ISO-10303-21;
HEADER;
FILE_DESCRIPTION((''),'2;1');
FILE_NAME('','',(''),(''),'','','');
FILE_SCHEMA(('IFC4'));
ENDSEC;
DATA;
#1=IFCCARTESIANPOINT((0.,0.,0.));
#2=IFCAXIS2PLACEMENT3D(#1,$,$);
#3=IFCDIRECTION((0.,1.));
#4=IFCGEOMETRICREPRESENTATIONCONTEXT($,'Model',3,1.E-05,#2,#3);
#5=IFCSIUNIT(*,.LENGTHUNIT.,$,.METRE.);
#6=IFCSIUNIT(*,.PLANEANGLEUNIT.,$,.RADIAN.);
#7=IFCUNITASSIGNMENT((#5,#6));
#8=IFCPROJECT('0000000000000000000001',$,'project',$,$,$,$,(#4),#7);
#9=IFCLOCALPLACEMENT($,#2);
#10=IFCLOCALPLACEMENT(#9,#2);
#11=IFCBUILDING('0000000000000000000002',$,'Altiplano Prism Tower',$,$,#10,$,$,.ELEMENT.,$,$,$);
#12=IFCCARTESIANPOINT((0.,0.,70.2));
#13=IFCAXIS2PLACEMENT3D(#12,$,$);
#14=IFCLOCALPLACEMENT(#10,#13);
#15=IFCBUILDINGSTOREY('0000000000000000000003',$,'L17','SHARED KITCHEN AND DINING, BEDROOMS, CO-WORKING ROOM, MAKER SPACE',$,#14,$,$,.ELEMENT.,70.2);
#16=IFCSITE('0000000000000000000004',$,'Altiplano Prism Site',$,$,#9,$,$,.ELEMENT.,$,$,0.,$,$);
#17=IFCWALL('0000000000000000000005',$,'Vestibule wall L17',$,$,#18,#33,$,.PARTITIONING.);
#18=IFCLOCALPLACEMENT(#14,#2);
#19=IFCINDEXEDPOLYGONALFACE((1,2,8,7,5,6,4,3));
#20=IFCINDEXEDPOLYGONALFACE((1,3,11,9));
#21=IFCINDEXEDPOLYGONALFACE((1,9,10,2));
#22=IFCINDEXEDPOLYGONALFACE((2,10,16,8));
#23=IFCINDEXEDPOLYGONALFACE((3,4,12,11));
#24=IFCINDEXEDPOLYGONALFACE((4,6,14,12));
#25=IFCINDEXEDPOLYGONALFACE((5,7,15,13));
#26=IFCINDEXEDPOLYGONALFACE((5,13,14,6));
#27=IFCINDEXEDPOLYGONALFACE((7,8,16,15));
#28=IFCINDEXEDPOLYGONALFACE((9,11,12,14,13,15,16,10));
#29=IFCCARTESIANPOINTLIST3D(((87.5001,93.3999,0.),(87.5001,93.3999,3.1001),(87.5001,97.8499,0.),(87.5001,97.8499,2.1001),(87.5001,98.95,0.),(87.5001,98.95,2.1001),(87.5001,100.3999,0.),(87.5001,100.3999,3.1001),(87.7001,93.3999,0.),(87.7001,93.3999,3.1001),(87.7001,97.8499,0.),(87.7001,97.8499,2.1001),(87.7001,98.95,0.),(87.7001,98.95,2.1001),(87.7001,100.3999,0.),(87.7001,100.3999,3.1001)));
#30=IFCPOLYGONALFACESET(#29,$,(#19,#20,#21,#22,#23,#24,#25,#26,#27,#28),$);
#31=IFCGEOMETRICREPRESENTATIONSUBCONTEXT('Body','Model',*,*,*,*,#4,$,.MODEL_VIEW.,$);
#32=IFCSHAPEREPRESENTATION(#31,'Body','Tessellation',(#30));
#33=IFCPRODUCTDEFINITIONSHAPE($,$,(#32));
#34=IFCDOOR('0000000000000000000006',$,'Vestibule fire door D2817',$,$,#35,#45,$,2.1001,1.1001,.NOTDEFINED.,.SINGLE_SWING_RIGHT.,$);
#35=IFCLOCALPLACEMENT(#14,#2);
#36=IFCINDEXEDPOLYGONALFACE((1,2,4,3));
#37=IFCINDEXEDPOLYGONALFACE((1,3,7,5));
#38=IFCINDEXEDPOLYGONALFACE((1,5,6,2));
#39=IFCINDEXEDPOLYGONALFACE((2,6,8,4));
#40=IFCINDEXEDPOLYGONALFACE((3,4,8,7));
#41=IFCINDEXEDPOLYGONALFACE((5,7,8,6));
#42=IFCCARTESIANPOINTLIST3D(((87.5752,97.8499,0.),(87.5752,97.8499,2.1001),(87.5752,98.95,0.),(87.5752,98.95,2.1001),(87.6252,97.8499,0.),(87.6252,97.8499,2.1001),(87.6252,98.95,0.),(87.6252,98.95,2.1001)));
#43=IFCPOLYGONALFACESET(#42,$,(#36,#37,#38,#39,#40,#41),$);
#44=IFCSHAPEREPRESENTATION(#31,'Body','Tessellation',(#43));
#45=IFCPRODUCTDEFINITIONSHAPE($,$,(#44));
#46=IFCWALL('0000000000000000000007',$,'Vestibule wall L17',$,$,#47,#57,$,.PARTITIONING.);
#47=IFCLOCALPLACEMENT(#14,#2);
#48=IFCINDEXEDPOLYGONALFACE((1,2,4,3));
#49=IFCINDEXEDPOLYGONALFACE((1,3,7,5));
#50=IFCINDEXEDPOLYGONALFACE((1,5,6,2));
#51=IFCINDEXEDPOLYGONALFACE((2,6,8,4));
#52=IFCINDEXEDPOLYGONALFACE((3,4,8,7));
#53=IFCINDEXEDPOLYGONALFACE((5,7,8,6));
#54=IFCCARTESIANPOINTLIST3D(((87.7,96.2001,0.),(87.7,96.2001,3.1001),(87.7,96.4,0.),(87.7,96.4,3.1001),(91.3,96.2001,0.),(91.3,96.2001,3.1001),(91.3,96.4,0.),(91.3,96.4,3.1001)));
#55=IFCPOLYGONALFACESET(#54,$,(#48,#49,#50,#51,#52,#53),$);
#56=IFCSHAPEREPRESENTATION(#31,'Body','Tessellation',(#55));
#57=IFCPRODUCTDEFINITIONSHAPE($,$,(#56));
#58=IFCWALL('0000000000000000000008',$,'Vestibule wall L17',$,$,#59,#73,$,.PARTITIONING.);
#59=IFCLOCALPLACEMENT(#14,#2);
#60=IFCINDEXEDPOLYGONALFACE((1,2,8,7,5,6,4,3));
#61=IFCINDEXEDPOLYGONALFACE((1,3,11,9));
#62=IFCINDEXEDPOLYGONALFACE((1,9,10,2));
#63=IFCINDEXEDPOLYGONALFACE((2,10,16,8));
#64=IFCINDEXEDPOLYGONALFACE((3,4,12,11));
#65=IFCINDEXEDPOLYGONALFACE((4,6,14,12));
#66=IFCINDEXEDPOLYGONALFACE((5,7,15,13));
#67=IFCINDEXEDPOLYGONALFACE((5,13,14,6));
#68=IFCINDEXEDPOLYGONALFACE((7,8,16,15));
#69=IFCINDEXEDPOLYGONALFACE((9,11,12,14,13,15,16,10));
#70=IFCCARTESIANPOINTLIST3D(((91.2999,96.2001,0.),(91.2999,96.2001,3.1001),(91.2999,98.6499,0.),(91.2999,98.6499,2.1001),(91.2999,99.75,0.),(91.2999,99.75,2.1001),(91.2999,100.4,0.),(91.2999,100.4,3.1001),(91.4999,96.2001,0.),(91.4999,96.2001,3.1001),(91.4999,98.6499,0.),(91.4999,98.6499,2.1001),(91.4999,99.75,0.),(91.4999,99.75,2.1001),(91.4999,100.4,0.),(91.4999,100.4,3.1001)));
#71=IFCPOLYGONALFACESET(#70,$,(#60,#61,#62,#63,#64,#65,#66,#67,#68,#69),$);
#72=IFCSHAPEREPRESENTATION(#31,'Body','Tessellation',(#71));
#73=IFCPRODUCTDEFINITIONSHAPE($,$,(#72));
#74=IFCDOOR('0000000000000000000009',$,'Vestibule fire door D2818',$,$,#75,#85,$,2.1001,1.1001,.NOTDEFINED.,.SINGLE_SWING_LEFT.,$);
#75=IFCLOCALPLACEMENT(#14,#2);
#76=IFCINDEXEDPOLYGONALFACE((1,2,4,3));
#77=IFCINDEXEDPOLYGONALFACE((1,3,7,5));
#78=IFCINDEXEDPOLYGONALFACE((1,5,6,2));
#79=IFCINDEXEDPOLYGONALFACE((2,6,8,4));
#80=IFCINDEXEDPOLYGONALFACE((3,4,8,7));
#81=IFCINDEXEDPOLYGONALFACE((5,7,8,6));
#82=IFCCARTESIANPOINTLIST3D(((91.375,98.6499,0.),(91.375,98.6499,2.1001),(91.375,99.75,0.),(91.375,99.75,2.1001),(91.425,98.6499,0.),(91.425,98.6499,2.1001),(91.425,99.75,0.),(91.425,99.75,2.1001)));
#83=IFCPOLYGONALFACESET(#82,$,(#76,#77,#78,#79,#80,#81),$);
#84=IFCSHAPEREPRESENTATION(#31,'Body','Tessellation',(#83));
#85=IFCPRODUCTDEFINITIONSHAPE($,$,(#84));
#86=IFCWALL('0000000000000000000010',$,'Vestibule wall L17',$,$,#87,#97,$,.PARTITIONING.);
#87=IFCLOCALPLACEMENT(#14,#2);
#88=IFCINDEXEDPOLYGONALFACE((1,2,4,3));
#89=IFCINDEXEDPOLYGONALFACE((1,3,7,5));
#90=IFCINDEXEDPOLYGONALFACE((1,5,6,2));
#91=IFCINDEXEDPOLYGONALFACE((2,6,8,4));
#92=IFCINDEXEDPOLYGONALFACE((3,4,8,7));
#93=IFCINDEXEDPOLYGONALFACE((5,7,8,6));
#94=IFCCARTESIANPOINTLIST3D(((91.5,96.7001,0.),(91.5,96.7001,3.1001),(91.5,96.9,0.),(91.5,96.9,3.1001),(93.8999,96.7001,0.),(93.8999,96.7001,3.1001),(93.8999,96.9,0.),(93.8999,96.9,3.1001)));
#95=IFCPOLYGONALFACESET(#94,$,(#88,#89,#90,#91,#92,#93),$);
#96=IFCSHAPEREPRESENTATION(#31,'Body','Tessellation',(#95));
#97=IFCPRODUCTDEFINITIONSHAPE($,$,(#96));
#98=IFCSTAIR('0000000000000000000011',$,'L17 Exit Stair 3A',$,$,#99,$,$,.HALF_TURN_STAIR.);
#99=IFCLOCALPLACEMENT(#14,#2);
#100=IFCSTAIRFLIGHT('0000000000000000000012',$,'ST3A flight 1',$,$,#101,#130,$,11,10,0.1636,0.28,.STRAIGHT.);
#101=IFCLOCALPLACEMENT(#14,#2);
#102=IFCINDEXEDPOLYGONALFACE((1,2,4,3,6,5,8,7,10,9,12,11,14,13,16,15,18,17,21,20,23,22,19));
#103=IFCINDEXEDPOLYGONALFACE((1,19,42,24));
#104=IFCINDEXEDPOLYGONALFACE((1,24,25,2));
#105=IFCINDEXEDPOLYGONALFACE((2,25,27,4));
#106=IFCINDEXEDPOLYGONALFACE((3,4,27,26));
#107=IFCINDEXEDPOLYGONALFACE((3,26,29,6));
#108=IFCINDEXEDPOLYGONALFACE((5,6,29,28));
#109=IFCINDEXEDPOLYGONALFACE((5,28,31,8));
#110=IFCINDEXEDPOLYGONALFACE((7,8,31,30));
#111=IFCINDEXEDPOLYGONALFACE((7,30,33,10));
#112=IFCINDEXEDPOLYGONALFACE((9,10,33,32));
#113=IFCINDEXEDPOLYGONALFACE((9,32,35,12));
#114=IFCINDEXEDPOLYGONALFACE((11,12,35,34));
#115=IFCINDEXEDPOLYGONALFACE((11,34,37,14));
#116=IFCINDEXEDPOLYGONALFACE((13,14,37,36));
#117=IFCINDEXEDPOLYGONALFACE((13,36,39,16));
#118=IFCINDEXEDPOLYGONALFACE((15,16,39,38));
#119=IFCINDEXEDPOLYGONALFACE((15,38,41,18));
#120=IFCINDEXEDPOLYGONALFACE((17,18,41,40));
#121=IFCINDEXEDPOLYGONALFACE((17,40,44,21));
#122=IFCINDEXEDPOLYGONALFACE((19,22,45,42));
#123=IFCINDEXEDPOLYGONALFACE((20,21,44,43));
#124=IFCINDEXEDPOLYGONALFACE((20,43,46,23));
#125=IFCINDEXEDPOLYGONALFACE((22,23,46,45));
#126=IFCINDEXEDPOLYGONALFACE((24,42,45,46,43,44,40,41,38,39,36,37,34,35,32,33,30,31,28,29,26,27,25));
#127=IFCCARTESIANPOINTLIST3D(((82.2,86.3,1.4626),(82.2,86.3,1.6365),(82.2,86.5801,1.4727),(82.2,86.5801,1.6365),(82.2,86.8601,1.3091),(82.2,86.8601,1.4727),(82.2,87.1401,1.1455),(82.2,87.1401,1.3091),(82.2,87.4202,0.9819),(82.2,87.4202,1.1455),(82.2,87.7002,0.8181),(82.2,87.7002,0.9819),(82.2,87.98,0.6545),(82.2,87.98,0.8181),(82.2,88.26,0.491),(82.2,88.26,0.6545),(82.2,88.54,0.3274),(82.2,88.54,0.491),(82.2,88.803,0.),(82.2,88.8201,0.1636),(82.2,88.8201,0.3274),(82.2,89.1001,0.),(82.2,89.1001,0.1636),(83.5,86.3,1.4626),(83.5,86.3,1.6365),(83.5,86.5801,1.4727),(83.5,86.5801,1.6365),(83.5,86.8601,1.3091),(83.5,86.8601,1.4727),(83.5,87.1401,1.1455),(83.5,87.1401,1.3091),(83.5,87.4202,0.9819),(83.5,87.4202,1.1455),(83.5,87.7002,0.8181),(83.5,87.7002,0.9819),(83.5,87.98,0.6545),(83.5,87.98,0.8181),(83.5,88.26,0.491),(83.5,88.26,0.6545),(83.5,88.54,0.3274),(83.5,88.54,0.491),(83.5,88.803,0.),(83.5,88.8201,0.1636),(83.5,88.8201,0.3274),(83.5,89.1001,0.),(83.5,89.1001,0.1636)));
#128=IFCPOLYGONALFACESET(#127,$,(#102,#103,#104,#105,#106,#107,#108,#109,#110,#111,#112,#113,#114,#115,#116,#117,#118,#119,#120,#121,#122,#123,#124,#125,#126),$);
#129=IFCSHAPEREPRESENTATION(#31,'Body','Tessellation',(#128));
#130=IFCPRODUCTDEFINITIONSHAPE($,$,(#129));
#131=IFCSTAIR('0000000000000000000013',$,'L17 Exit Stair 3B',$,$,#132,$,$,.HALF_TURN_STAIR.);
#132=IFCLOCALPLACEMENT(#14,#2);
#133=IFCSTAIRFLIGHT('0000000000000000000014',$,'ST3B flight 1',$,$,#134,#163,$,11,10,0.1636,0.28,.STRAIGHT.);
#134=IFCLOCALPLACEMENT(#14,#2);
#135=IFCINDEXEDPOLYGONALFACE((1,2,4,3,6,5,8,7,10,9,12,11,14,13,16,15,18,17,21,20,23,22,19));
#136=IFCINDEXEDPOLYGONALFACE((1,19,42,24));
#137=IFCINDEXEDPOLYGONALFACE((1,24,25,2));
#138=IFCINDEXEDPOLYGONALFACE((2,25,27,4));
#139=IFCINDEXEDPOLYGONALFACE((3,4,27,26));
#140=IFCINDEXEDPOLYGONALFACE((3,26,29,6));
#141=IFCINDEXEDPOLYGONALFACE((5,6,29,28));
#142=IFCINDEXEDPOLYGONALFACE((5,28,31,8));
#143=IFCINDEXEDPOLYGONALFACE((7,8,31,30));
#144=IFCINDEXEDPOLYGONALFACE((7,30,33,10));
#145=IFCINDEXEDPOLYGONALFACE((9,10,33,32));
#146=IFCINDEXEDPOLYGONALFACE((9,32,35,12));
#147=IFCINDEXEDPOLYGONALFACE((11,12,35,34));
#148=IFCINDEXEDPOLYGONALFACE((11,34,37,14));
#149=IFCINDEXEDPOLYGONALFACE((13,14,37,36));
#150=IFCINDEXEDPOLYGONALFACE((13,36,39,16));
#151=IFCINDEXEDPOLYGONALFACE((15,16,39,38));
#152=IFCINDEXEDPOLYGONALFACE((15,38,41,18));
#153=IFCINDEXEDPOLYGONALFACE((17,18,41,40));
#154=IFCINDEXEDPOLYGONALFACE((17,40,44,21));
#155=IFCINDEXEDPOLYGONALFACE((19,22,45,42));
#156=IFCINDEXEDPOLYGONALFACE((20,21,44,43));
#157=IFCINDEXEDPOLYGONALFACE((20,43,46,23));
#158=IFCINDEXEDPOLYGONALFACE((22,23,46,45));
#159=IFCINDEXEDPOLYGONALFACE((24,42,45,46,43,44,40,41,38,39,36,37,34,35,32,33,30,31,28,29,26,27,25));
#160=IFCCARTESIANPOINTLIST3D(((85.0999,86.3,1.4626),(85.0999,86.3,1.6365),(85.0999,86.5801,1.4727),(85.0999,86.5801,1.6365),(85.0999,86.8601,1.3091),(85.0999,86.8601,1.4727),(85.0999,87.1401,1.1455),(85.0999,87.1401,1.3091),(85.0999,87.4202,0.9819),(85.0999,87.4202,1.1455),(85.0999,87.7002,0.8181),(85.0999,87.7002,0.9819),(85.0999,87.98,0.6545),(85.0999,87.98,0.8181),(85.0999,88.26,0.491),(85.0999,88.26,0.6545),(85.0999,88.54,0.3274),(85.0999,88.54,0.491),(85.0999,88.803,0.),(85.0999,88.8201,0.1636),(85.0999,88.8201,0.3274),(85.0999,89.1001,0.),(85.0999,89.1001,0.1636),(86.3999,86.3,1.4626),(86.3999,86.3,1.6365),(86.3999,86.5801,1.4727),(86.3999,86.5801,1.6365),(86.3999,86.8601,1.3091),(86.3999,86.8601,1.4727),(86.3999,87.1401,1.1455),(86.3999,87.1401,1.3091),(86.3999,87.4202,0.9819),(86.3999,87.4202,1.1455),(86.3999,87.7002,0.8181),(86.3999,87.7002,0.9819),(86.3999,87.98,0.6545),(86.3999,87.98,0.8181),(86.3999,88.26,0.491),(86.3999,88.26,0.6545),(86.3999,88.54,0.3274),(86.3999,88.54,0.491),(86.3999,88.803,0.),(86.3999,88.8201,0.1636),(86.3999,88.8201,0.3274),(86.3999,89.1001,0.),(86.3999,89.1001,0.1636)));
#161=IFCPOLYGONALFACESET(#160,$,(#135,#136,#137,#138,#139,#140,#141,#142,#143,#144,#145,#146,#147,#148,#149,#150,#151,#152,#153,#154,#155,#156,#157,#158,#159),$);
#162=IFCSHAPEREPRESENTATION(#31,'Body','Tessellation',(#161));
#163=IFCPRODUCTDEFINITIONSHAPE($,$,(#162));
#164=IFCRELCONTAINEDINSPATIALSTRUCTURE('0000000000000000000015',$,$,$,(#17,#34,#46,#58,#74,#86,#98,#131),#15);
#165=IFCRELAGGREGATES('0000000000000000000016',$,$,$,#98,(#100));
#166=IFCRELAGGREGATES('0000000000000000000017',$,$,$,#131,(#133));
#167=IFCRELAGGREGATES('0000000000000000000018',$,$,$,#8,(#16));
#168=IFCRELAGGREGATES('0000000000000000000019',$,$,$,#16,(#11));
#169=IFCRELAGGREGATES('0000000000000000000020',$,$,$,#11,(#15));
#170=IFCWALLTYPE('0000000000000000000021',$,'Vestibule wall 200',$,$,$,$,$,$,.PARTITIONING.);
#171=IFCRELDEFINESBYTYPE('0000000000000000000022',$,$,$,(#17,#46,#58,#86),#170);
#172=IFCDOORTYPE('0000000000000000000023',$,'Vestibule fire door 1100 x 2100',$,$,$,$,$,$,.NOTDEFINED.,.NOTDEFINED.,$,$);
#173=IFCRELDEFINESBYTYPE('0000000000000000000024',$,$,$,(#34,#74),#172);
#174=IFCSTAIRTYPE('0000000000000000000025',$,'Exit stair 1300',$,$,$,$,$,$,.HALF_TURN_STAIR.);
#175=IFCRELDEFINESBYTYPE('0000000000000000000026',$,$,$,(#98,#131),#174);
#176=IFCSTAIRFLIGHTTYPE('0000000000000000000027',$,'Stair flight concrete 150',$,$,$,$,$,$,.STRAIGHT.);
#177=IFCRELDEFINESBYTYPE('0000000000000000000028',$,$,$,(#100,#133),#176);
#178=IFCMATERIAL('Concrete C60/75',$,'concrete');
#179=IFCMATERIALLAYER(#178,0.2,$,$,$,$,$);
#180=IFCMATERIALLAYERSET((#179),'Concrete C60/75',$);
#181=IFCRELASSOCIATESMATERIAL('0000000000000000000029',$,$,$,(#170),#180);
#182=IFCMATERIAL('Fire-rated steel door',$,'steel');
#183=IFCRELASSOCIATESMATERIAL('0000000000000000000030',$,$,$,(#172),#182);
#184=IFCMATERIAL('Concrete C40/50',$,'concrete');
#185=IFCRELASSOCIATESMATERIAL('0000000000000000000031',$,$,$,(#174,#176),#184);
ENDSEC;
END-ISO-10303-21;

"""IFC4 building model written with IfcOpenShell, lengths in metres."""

from ifc_helpers import new_model, si_unit, direction, frame, frame_2d, origin, place, context, subcontext, project, spatial, polyline, rectangle, outline, extrude, material, layer, layer_set, type_object, element, fill, aggregate, save


model = new_model("IFC4")

# Units and contexts
model_context = context("Model", 3, precision=1e-05, world=origin(), true_north=direction((0.0, 1.0)))
body_context = subcontext(model_context, "Body", "Model", "MODEL_VIEW")
ifc_project = project(units=[si_unit("LENGTHUNIT", "METRE"), si_unit("PLANEANGLEUNIT", "RADIAN")], contexts=[model_context])

# Site, building, storey
site_placement = place(None, origin())
site = spatial("IfcSite", under=ifc_project, at=site_placement, Name="Altiplano Prism Site", CompositionType="ELEMENT", RefElevation=0.0)
building_placement = place(site_placement, origin())
building = spatial("IfcBuilding", under=site, at=building_placement, Name="Altiplano Prism Tower", CompositionType="ELEMENT")
storey_placement = place(building_placement, frame((0.0, 0.0, 70.2)))
storey = spatial("IfcBuildingStorey", under=building, at=storey_placement, Name="L17", Description="SHARED KITCHEN AND DINING, BEDROOMS, CO-WORKING ROOM, MAKER SPACE", CompositionType="ELEMENT", Elevation=70.2)

# Shared definitions
ifc_material_1 = material(Name="Concrete C60/75", Category="concrete")

# Shared definitions
ifc_material_2 = material(Name="Fire-rated steel door", Category="steel")

# Wall, opening, door
ifc_layer_1 = layer(ifc_material_1, 0.2)
ifc_layer_set_1 = layer_set([ifc_layer_1], Name="Concrete C60/75")
wall_type_1 = type_object("IfcWallType", Name="Vestibule wall 200", PredefinedType="PARTITIONING", material=ifc_layer_set_1)
wall_1_placement = place(storey_placement, frame((87.6001, 93.3999, 0.0), z_axis=(0.0, 0.0, 1.0), x_axis=(0.0, 1.0, 0.0)))
wall_1 = element("IfcWall", 1, at=wall_1_placement, inside=storey, type_object=wall_type_1, Name="Vestibule wall L17", PredefinedType="PARTITIONING", context=body_context, shape_type="SweptSolid", body=[
    extrude(rectangle(XDim=7.0, YDim=0.2, at=frame_2d((3.5, 0.0))), origin(), (0.0, 0.0, 1.0), 3.1001),
])
opening_1_placement = place(wall_1_placement, frame((4.45, 0.0, 0.0)))
opening_1 = element("IfcOpeningElement", 2, at=opening_1_placement, cuts=wall_1, PredefinedType="OPENING", context=body_context, shape_type="SweptSolid", body=[
    extrude(rectangle(XDim=1.1001, YDim=2.1001, at=frame_2d((0.55, 1.05))), frame((0.0, 0.1104, 0.0), z_axis=(0.0, -1.0, 0.0), x_axis=(1.0, 0.0, 0.0)), (0.0, 0.0, 1.0), 0.2209),
])
door_type_1 = type_object("IfcDoorType", Name="Vestibule fire door 1100 x 2100", OperationType="NOTDEFINED", PredefinedType="NOTDEFINED", material=ifc_material_2)
door_1_placement = place(opening_1_placement, origin())
door_1 = element("IfcDoor", 3, at=door_1_placement, inside=storey, type_object=door_type_1, Name="Vestibule fire door D2817", OperationType="SINGLE_SWING_RIGHT", OverallHeight=2.1001, OverallWidth=1.1001, PredefinedType="NOTDEFINED", context=body_context, shape_type="SweptSolid", body=[
    extrude(rectangle(XDim=1.1001, YDim=2.1001, at=frame_2d((0.55, 1.05))), frame((0.0, 0.0249, 0.0), z_axis=(0.0, -1.0, 0.0), x_axis=(1.0, 0.0, 0.0)), (0.0, 0.0, 1.0), 0.05),
])
fill(opening_1, door_1)

# Wall
wall_2_placement = place(storey_placement, frame((87.7, 96.3, 0.0), z_axis=(0.0, 0.0, 1.0), x_axis=(1.0, 0.0, 0.0)))
element("IfcWall", 4, at=wall_2_placement, inside=storey, type_object=wall_type_1, Name="Vestibule wall L17", PredefinedType="PARTITIONING", context=body_context, shape_type="SweptSolid", body=[
    extrude(rectangle(XDim=3.6001, YDim=0.2, at=frame_2d((1.8, 0.0))), origin(), (0.0, 0.0, 1.0), 3.1001),
])

# Wall, opening, door
wall_3_placement = place(storey_placement, frame((91.3999, 96.2, 0.0), z_axis=(0.0, 0.0, 1.0), x_axis=(0.0, 1.0, 0.0)))
wall_3 = element("IfcWall", 5, at=wall_3_placement, inside=storey, type_object=wall_type_1, Name="Vestibule wall L17", PredefinedType="PARTITIONING", context=body_context, shape_type="SweptSolid", body=[
    extrude(rectangle(XDim=4.2, YDim=0.2, at=frame_2d((2.1001, 0.0))), origin(), (0.0, 0.0, 1.0), 3.1001),
])
opening_2_placement = place(wall_3_placement, frame((2.45, 0.0, 0.0)))
opening_2 = element("IfcOpeningElement", 6, at=opening_2_placement, cuts=wall_3, PredefinedType="OPENING", context=body_context, shape_type="SweptSolid", body=[
    extrude(rectangle(XDim=1.1001, YDim=2.1001, at=frame_2d((0.55, 1.05))), frame((0.0, 0.1104, 0.0), z_axis=(0.0, -1.0, 0.0), x_axis=(1.0, 0.0, 0.0)), (0.0, 0.0, 1.0), 0.2209),
])
door_2_placement = place(opening_2_placement, origin())
door_2 = element("IfcDoor", 7, at=door_2_placement, inside=storey, type_object=door_type_1, Name="Vestibule fire door D2818", OperationType="SINGLE_SWING_LEFT", OverallHeight=2.1001, OverallWidth=1.1001, PredefinedType="NOTDEFINED", context=body_context, shape_type="SweptSolid", body=[
    extrude(rectangle(XDim=1.1001, YDim=2.1001, at=frame_2d((0.55, 1.05))), frame((0.0, 0.0249, 0.0), z_axis=(0.0, -1.0, 0.0), x_axis=(1.0, 0.0, 0.0)), (0.0, 0.0, 1.0), 0.05),
])
fill(opening_2, door_2)

# Wall
wall_4_placement = place(storey_placement, frame((91.5, 96.8, 0.0), z_axis=(0.0, 0.0, 1.0), x_axis=(1.0, 0.0, 0.0)))
element("IfcWall", 8, at=wall_4_placement, inside=storey, type_object=wall_type_1, Name="Vestibule wall L17", PredefinedType="PARTITIONING", context=body_context, shape_type="SweptSolid", body=[
    extrude(rectangle(XDim=2.3999, YDim=0.2, at=frame_2d((1.2, 0.0))), origin(), (0.0, 0.0, 1.0), 3.1001),
])

# Stairs, stair flights
ifc_material_3 = material(Name="Concrete C40/50", Category="concrete")
stair_type = type_object("IfcStairType", Name="Exit stair 1300", PredefinedType="HALF_TURN_STAIR", material=ifc_material_3)
stair_1_placement = place(storey_placement, origin())
stair_1 = element("IfcStair", 9, at=stair_1_placement, inside=storey, type_object=stair_type, Name="L17 Exit Stair 3A", PredefinedType="HALF_TURN_STAIR")
stair_flight_type = type_object("IfcStairFlightType", Name="Stair flight concrete 150", PredefinedType="STRAIGHT", material=ifc_material_3)
stair_flight_1_placement = place(storey_placement, frame((82.8501, 89.1001, 0.0), z_axis=(0.0, 0.0, 1.0), x_axis=(0.0, -1.0, 0.0)))
stair_flight_1 = element("IfcStairFlight", 10, at=stair_flight_1_placement, type_object=stair_flight_type, Name="ST3A flight 1", NumberOfRisers=11, NumberOfTreads=10, PredefinedType="STRAIGHT", RiserHeight=0.1636, TreadLength=0.28, context=body_context, shape_type="SweptSolid", body=[
    extrude(outline(polyline([(0.0, 0.0), (0.0, 0.1636), (0.28, 0.1636), (0.28, 0.3274), (0.5601, 0.3274), (0.5601, 0.491), (0.8401, 0.491), (0.8401, 0.6545), (1.1201, 0.6545), (1.1201, 0.8181), (1.3999, 0.8181), (1.3999, 0.9819), (1.6799, 0.9819), (1.6799, 1.1455), (1.96, 1.1455), (1.96, 1.3091), (2.24, 1.3091), (2.24, 1.4727), (2.52, 1.4727), (2.52, 1.6365), (2.8, 1.6365), (2.8, 1.8), (2.8, 1.4626), (0.2971, 0.0), (0.0, 0.0)])), frame((0.0, 0.6499, 0.0), z_axis=(0.0, -1.0, 0.0), x_axis=(1.0, 0.0, 0.0)), (0.0, 0.0, 1.0), 1.3),
])
aggregate(stair_1, [stair_flight_1])
stair_2_placement = place(storey_placement, origin())
stair_2 = element("IfcStair", 11, at=stair_2_placement, inside=storey, type_object=stair_type, Name="L17 Exit Stair 3B", PredefinedType="HALF_TURN_STAIR")
stair_flight_2_placement = place(storey_placement, frame((85.75, 89.1001, 0.0), z_axis=(0.0, 0.0, 1.0), x_axis=(0.0, -1.0, 0.0)))
stair_flight_2 = element("IfcStairFlight", 12, at=stair_flight_2_placement, type_object=stair_flight_type, Name="ST3B flight 1", NumberOfRisers=11, NumberOfTreads=10, PredefinedType="STRAIGHT", RiserHeight=0.1636, TreadLength=0.28, context=body_context, shape_type="SweptSolid", body=[
    extrude(outline(polyline([(0.0, 0.0), (0.0, 0.1636), (0.28, 0.1636), (0.28, 0.3274), (0.5601, 0.3274), (0.5601, 0.491), (0.8401, 0.491), (0.8401, 0.6545), (1.1201, 0.6545), (1.1201, 0.8181), (1.3999, 0.8181), (1.3999, 0.9819), (1.6799, 0.9819), (1.6799, 1.1455), (1.96, 1.1455), (1.96, 1.3091), (2.24, 1.3091), (2.24, 1.4727), (2.52, 1.4727), (2.52, 1.6365), (2.8, 1.6365), (2.8, 1.8), (2.8, 1.4626), (0.2971, 0.0), (0.0, 0.0)])), frame((0.0, 0.6499, 0.0), z_axis=(0.0, -1.0, 0.0), x_axis=(1.0, 0.0, 0.0)), (0.0, 0.0, 1.0), 1.3),
])
aggregate(stair_2, [stair_flight_2])

save(model, "model.ifc")
